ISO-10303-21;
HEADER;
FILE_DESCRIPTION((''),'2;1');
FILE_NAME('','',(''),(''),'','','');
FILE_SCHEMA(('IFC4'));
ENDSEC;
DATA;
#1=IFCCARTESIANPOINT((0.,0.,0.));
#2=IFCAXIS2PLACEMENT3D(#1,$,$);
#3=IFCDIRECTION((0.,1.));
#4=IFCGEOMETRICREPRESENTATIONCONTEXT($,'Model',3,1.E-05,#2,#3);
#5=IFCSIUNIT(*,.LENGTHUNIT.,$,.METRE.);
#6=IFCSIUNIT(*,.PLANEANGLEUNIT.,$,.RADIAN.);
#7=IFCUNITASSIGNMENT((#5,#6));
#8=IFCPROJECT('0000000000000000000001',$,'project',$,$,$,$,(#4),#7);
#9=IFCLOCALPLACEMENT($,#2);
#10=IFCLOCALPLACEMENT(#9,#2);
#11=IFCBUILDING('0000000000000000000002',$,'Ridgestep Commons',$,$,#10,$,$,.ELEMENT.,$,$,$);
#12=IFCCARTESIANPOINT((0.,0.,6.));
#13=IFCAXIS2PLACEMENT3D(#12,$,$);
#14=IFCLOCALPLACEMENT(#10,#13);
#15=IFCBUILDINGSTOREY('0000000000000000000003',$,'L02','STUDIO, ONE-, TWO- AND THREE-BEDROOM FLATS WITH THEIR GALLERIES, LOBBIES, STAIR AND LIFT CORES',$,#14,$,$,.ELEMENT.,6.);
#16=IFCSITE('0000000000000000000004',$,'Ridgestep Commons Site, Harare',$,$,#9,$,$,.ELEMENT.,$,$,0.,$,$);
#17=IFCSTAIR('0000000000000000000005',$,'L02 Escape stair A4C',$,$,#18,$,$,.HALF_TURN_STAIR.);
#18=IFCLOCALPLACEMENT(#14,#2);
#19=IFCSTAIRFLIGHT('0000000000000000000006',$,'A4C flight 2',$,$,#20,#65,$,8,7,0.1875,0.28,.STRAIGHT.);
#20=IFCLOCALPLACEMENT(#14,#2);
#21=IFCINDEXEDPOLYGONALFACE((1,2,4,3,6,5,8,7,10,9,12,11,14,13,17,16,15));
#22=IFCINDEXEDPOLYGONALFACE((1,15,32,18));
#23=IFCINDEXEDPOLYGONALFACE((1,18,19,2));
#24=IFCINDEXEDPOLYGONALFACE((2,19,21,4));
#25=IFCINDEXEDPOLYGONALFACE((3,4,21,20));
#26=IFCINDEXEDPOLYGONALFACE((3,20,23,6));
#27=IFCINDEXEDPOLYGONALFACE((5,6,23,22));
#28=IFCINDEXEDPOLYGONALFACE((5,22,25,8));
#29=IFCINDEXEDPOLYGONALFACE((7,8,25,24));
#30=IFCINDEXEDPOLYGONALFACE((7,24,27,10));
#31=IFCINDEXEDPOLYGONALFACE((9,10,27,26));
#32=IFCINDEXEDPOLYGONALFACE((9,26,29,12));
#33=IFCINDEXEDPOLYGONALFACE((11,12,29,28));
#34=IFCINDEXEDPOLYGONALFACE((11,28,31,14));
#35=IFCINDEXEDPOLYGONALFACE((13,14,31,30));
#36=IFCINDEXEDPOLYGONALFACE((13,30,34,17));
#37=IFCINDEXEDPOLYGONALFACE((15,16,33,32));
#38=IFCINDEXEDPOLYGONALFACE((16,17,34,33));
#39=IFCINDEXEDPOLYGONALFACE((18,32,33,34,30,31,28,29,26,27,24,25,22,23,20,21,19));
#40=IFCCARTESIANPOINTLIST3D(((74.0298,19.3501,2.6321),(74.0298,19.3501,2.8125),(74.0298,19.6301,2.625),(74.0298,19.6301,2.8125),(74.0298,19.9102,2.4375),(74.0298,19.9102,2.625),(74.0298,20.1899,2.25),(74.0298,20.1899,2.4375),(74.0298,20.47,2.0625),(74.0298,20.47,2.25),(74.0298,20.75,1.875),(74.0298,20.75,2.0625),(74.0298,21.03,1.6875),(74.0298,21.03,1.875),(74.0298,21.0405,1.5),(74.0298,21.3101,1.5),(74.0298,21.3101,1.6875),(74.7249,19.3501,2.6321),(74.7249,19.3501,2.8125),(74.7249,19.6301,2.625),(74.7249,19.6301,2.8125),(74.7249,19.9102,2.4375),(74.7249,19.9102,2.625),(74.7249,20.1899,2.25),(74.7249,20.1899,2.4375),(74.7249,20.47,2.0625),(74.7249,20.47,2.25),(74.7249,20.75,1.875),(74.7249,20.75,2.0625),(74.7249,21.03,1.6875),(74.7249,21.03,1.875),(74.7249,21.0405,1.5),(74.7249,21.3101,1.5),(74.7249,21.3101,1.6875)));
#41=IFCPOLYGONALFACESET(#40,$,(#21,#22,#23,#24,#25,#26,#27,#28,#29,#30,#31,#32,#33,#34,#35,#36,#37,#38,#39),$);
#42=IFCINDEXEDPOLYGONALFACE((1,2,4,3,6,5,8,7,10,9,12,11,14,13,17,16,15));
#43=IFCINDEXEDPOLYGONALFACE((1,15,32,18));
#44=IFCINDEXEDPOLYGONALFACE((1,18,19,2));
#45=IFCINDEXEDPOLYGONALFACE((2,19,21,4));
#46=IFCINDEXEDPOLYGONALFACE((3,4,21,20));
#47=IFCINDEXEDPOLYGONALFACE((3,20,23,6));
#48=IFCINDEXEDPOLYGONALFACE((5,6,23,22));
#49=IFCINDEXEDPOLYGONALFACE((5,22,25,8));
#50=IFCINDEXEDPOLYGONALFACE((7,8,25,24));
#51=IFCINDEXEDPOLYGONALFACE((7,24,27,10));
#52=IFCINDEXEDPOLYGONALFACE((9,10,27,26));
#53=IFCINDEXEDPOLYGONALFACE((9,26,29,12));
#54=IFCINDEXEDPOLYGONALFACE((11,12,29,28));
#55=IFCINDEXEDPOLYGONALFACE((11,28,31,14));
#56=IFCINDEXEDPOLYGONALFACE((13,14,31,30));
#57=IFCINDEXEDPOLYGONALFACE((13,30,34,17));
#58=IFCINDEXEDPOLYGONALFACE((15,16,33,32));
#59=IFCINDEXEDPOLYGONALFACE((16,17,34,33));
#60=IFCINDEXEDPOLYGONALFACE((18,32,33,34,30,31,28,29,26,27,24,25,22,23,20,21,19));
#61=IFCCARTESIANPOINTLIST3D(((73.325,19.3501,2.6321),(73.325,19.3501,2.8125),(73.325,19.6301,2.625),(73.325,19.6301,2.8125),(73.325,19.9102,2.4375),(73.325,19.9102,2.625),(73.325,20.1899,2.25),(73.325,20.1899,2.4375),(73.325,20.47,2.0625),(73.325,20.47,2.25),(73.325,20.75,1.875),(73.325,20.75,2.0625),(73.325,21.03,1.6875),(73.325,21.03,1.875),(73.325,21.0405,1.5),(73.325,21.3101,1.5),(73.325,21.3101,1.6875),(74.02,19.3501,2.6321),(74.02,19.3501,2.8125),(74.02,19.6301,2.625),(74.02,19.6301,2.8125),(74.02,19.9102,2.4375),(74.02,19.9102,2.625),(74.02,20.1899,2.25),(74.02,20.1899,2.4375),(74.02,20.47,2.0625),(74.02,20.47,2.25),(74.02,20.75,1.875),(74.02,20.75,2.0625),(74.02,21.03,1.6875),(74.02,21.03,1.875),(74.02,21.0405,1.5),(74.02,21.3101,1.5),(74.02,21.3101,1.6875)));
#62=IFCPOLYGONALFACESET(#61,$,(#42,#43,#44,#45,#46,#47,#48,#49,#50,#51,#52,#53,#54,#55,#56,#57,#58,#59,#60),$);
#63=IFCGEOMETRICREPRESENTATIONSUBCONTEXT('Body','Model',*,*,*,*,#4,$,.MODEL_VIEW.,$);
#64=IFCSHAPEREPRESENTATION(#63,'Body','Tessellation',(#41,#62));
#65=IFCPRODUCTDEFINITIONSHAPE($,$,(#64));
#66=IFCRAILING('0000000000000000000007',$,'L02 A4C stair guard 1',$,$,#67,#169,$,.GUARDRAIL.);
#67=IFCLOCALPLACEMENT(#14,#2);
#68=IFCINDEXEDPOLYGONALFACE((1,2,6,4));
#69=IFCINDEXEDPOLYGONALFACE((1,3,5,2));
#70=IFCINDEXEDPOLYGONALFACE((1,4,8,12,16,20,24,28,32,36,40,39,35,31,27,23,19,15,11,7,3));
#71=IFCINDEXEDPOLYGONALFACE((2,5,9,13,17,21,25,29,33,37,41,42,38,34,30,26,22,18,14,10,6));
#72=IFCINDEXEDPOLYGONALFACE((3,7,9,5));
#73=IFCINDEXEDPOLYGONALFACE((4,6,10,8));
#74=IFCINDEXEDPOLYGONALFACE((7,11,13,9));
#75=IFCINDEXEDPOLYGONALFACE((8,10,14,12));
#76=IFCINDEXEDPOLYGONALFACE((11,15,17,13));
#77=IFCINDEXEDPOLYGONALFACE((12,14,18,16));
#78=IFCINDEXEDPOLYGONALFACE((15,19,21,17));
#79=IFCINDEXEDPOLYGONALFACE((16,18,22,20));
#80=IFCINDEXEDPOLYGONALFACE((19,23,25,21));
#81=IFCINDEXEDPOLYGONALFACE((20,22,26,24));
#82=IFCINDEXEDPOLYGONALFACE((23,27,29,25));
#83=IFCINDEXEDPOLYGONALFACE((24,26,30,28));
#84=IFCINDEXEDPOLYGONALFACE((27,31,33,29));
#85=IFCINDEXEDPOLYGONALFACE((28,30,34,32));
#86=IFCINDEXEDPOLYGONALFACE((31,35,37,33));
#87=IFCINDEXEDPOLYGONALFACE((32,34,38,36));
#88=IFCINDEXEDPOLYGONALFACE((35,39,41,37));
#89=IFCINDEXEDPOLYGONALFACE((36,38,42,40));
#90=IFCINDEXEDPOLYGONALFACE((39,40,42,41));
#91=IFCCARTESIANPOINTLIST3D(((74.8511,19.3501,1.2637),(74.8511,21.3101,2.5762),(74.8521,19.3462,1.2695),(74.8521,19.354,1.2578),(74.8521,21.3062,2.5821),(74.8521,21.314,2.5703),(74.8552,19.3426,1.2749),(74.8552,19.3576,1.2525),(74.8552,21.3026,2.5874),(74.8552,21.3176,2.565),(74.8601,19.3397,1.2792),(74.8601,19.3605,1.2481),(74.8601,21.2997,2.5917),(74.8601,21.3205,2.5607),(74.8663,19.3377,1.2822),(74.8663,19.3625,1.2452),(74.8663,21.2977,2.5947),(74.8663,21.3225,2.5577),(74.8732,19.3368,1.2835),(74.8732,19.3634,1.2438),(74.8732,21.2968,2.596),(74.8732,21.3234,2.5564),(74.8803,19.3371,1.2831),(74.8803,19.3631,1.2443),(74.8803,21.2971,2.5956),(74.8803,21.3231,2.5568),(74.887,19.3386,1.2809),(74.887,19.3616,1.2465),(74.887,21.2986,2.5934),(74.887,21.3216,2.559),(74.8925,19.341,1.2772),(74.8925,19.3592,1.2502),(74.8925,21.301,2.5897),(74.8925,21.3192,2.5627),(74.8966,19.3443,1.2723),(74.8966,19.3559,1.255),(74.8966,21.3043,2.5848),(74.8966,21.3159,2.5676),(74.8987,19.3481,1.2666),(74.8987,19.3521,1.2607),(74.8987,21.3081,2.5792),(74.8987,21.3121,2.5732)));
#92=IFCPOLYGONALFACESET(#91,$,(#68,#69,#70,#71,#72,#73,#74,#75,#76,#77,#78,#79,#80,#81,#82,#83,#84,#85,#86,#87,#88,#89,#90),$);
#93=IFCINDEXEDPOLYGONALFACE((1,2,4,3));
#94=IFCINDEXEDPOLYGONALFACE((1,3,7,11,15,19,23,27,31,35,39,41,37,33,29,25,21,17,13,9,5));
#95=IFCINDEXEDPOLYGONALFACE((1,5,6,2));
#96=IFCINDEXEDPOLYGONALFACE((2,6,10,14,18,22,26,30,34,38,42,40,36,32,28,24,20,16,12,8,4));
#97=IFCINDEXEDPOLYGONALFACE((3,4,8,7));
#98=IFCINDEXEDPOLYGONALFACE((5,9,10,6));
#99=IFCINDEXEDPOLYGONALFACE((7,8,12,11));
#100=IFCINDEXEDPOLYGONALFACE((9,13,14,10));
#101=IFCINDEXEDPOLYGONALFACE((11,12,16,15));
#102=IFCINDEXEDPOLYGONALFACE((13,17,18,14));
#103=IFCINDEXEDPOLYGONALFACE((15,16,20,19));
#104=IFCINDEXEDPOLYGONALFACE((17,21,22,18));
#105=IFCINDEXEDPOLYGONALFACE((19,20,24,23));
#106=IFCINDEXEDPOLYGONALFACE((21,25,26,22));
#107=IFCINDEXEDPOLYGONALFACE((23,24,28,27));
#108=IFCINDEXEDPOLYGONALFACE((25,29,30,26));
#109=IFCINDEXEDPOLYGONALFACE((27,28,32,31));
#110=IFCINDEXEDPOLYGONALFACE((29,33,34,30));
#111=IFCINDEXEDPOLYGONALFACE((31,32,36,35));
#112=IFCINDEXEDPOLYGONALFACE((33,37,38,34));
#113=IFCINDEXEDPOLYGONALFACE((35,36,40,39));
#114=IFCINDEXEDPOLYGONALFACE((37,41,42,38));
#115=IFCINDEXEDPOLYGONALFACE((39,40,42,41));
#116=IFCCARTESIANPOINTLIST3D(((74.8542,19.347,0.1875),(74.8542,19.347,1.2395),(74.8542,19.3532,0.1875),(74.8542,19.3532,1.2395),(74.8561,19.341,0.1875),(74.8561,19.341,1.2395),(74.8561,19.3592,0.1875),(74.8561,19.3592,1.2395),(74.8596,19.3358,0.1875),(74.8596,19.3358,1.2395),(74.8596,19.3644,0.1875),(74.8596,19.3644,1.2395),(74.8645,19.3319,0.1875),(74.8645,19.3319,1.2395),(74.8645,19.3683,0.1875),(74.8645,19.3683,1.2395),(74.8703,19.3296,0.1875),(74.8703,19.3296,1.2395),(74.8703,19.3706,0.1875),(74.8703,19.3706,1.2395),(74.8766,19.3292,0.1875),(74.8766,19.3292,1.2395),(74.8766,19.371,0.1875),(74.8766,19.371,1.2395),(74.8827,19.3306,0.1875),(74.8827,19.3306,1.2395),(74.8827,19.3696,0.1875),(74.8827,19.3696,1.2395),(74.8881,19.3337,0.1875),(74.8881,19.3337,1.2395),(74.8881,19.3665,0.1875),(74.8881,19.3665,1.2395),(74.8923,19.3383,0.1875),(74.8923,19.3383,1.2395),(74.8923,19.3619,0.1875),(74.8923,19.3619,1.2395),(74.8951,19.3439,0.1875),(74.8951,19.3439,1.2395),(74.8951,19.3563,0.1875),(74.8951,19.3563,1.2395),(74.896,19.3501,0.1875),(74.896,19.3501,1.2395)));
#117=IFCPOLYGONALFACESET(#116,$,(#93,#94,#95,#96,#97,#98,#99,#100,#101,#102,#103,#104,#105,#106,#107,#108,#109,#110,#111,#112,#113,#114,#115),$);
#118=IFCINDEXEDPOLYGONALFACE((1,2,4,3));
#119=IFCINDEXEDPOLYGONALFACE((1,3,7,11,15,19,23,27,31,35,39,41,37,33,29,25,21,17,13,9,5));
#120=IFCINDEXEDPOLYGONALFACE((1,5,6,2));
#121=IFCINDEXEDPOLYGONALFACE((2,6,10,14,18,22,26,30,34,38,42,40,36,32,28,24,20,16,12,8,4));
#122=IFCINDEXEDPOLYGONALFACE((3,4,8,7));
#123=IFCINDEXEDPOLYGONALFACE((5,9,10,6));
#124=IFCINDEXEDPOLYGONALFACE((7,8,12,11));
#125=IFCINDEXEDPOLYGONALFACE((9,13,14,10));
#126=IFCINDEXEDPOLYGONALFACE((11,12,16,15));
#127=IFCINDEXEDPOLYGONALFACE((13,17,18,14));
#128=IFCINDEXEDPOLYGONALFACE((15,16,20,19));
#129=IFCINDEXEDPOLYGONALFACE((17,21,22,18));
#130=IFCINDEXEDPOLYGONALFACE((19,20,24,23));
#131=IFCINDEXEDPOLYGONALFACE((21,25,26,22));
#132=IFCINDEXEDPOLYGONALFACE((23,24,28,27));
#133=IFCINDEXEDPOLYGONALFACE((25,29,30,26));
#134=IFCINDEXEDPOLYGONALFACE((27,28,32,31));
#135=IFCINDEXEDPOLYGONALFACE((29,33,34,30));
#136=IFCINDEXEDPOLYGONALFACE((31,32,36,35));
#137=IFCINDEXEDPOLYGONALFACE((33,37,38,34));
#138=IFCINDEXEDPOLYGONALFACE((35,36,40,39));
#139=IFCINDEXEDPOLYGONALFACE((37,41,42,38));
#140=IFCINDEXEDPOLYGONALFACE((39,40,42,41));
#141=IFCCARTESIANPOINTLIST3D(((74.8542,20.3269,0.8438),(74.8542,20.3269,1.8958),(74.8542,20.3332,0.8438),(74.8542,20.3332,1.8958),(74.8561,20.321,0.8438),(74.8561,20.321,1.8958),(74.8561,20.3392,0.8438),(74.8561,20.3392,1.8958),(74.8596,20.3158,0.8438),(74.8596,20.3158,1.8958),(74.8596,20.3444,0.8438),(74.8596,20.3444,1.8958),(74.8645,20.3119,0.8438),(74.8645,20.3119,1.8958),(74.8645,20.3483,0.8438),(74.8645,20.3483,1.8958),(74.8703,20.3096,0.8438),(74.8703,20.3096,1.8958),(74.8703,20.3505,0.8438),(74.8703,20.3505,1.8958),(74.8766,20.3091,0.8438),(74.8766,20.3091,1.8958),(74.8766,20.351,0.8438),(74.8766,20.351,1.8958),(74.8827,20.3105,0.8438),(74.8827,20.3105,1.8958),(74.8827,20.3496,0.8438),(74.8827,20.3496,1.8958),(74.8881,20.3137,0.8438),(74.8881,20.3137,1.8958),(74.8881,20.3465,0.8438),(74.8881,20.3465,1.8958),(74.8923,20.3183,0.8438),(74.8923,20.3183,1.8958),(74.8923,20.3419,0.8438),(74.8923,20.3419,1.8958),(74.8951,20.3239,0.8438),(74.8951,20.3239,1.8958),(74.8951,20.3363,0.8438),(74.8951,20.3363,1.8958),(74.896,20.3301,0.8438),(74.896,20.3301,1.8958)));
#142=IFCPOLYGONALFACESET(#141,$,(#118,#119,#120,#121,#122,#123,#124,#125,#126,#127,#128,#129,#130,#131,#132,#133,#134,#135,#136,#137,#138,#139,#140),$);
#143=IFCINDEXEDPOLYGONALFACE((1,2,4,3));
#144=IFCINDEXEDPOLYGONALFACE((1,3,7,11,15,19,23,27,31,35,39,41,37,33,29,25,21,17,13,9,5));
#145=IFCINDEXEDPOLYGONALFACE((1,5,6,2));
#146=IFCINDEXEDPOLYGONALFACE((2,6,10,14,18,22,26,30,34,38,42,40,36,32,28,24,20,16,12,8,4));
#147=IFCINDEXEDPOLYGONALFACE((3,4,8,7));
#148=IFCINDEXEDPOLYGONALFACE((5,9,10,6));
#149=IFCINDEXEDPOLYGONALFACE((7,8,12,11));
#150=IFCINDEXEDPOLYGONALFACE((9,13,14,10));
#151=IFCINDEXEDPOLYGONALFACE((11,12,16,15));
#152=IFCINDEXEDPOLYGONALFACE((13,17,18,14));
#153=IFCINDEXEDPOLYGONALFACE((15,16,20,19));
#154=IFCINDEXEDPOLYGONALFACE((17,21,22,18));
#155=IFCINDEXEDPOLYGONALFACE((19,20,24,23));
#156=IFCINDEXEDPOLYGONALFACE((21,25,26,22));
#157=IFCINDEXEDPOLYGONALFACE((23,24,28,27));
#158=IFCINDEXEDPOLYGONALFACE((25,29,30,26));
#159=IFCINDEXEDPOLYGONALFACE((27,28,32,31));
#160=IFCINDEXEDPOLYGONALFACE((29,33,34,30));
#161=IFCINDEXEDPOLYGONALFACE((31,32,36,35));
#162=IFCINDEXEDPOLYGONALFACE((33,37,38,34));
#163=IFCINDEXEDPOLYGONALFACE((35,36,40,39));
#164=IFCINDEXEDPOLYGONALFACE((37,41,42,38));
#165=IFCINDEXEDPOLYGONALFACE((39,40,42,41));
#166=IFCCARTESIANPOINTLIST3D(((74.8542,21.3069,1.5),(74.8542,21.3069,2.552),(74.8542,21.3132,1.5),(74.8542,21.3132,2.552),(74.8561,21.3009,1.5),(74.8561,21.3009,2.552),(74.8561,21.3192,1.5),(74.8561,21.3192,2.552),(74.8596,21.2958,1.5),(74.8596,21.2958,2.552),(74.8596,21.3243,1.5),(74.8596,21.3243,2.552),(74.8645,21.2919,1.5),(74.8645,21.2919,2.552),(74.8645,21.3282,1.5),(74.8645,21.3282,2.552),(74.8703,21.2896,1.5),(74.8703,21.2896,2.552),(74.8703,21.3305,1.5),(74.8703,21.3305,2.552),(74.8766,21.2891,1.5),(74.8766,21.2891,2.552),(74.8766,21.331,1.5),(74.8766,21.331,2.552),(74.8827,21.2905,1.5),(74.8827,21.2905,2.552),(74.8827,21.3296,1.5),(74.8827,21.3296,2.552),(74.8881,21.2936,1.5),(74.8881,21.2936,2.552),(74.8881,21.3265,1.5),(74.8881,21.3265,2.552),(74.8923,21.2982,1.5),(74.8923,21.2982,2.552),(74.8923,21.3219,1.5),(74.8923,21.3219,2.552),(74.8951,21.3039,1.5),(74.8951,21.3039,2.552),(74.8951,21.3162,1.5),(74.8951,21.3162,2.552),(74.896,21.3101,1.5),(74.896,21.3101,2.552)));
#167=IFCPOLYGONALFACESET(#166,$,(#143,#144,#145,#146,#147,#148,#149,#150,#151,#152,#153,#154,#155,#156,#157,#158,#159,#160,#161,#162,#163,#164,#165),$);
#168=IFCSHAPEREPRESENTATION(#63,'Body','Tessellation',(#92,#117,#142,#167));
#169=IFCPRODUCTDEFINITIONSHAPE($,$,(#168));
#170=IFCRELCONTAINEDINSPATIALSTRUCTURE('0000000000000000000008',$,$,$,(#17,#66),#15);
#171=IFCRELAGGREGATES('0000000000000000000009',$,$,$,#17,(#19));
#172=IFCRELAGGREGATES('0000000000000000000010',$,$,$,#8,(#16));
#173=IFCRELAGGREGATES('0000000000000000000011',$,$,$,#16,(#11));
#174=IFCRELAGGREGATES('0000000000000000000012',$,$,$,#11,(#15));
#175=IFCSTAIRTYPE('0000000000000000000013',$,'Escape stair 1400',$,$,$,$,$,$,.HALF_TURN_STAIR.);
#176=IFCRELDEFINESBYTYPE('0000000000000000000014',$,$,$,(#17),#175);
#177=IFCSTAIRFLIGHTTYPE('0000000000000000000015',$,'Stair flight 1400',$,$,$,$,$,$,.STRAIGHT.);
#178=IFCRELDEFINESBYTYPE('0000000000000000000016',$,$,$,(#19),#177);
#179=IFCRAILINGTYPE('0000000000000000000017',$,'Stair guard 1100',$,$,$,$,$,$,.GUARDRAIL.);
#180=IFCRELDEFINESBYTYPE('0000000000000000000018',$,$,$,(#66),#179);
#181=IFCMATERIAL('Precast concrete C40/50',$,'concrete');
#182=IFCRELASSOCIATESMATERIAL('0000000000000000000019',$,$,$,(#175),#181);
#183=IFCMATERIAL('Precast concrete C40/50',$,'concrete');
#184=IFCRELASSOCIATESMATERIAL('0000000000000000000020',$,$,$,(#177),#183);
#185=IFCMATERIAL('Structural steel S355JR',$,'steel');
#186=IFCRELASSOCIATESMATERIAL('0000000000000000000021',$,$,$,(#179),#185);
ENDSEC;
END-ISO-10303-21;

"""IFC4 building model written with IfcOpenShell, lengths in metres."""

from ifc_helpers import new_model, si_unit, direction, frame, origin, origin_2d, place, context, subcontext, project, spatial, polyline, circle, outline, extrude, material, type_object, element, aggregate, save


model = new_model("IFC4")

# Units and contexts
model_context = context("Model", 3, precision=1e-05, world=origin(), true_north=direction((0.0, 1.0)))
body_context = subcontext(model_context, "Body", "Model", "MODEL_VIEW")
ifc_project = project(units=[si_unit("LENGTHUNIT", "METRE"), si_unit("PLANEANGLEUNIT", "RADIAN")], contexts=[model_context])

# Site, building, storey
site_placement = place(None, origin())
site = spatial("IfcSite", under=ifc_project, at=site_placement, Name="Ridgestep Commons Site, Harare", CompositionType="ELEMENT", RefElevation=0.0)
building_placement = place(site_placement, origin())
building = spatial("IfcBuilding", under=site, at=building_placement, Name="Ridgestep Commons", CompositionType="ELEMENT")
storey_placement = place(building_placement, frame((0.0, 0.0, 6.0)))
storey = spatial("IfcBuildingStorey", under=building, at=storey_placement, Name="L02", Description="STUDIO, ONE-, TWO- AND THREE-BEDROOM FLATS WITH THEIR GALLERIES, LOBBIES, STAIR AND LIFT CORES", CompositionType="ELEMENT", Elevation=6.0)

# Stair, stair flight
ifc_material_1 = material(Name="Precast concrete C40/50", Category="concrete")
stair_type = type_object("IfcStairType", Name="Escape stair 1400", PredefinedType="HALF_TURN_STAIR", material=ifc_material_1)
stair_placement = place(storey_placement, origin())
stair = element("IfcStair", 1, at=stair_placement, inside=storey, type_object=stair_type, Name="L02 Escape stair A4C", PredefinedType="HALF_TURN_STAIR")
ifc_material_2 = material(Name="Precast concrete C40/50", Category="concrete")
stair_flight_type = type_object("IfcStairFlightType", Name="Stair flight 1400", PredefinedType="STRAIGHT", material=ifc_material_2)
stair_flight_1_placement = place(storey_placement, frame((74.0249, 21.3101, 1.5), z_axis=(0.0, 0.0, 1.0), x_axis=(0.0, -1.0, 0.0)))
stair_flight_1 = element("IfcStairFlight", 2, at=stair_flight_1_placement, type_object=stair_flight_type, Name="A4C flight 2", NumberOfRisers=8, NumberOfTreads=7, PredefinedType="STRAIGHT", RiserHeight=0.1875, TreadLength=0.28, context=body_context, shape_type="SweptSolid", body=[
    extrude(outline(polyline([(0.0, 0.0), (0.0, 0.1875), (0.28, 0.1875), (0.28, 0.375), (0.5601, 0.375), (0.5601, 0.5625), (0.8401, 0.5625), (0.8401, 0.75), (1.1201, 0.75), (1.1201, 0.9375), (1.3999, 0.9375), (1.3999, 1.125), (1.6799, 1.125), (1.6799, 1.3125), (1.96, 1.3125), (1.96, 1.5), (1.96, 1.1321), (0.2695, 0.0), (0.0, 0.0)])), frame((0.0, 0.7, 0.0), z_axis=(0.0, -1.0, 0.0), x_axis=(1.0, 0.0, 0.0)), (0.0, 0.0, 1.0), 0.6951),
    extrude(outline(polyline([(0.0, 0.0), (0.0, 0.1875), (0.28, 0.1875), (0.28, 0.375), (0.5601, 0.375), (0.5601, 0.5625), (0.8401, 0.5625), (0.8401, 0.75), (1.1201, 0.75), (1.1201, 0.9375), (1.3999, 0.9375), (1.3999, 1.125), (1.6799, 1.125), (1.6799, 1.3125), (1.96, 1.3125), (1.96, 1.5), (1.96, 1.1321), (0.2695, 0.0), (0.0, 0.0)])), frame((0.0, -0.0049, 0.0), z_axis=(0.0, -1.0, 0.0), x_axis=(1.0, 0.0, 0.0)), (0.0, 0.0, 1.0), 0.6951),
])
aggregate(stair, [stair_flight_1])

# Railing
ifc_material_3 = material(Name="Structural steel S355JR", Category="steel")
railing_type_1 = type_object("IfcRailingType", Name="Stair guard 1100", PredefinedType="GUARDRAIL", material=ifc_material_3)
railing_1_placement = place(storey_placement, frame((74.875, 19.3501, 0.1875)))
element("IfcRailing", 3, at=railing_1_placement, inside=storey, type_object=railing_type_1, Name="L02 A4C stair guard 1", PredefinedType="GUARDRAIL", context=body_context, shape_type="SweptSolid", body=[
    extrude(circle(Radius=0.0239, at=origin_2d()), frame((0.0, 0.0, 1.0762), z_axis=(0.0, 0.830902, 0.556419), x_axis=(-1.0, 0.0, 0.0)), (0.0, 0.0, 1.0), 2.3589),
    extrude(circle(Radius=0.021, at=origin_2d()), origin(), (0.0, 0.0, 1.0), 1.052),
    extrude(circle(Radius=0.021, at=origin_2d()), frame((0.0, 0.98, 0.6562)), (0.0, 0.0, 1.0), 1.052),
    extrude(circle(Radius=0.021, at=origin_2d()), frame((0.0, 1.96, 1.3125)), (0.0, 0.0, 1.0), 1.052),
])

save(model, "model.ifc")
